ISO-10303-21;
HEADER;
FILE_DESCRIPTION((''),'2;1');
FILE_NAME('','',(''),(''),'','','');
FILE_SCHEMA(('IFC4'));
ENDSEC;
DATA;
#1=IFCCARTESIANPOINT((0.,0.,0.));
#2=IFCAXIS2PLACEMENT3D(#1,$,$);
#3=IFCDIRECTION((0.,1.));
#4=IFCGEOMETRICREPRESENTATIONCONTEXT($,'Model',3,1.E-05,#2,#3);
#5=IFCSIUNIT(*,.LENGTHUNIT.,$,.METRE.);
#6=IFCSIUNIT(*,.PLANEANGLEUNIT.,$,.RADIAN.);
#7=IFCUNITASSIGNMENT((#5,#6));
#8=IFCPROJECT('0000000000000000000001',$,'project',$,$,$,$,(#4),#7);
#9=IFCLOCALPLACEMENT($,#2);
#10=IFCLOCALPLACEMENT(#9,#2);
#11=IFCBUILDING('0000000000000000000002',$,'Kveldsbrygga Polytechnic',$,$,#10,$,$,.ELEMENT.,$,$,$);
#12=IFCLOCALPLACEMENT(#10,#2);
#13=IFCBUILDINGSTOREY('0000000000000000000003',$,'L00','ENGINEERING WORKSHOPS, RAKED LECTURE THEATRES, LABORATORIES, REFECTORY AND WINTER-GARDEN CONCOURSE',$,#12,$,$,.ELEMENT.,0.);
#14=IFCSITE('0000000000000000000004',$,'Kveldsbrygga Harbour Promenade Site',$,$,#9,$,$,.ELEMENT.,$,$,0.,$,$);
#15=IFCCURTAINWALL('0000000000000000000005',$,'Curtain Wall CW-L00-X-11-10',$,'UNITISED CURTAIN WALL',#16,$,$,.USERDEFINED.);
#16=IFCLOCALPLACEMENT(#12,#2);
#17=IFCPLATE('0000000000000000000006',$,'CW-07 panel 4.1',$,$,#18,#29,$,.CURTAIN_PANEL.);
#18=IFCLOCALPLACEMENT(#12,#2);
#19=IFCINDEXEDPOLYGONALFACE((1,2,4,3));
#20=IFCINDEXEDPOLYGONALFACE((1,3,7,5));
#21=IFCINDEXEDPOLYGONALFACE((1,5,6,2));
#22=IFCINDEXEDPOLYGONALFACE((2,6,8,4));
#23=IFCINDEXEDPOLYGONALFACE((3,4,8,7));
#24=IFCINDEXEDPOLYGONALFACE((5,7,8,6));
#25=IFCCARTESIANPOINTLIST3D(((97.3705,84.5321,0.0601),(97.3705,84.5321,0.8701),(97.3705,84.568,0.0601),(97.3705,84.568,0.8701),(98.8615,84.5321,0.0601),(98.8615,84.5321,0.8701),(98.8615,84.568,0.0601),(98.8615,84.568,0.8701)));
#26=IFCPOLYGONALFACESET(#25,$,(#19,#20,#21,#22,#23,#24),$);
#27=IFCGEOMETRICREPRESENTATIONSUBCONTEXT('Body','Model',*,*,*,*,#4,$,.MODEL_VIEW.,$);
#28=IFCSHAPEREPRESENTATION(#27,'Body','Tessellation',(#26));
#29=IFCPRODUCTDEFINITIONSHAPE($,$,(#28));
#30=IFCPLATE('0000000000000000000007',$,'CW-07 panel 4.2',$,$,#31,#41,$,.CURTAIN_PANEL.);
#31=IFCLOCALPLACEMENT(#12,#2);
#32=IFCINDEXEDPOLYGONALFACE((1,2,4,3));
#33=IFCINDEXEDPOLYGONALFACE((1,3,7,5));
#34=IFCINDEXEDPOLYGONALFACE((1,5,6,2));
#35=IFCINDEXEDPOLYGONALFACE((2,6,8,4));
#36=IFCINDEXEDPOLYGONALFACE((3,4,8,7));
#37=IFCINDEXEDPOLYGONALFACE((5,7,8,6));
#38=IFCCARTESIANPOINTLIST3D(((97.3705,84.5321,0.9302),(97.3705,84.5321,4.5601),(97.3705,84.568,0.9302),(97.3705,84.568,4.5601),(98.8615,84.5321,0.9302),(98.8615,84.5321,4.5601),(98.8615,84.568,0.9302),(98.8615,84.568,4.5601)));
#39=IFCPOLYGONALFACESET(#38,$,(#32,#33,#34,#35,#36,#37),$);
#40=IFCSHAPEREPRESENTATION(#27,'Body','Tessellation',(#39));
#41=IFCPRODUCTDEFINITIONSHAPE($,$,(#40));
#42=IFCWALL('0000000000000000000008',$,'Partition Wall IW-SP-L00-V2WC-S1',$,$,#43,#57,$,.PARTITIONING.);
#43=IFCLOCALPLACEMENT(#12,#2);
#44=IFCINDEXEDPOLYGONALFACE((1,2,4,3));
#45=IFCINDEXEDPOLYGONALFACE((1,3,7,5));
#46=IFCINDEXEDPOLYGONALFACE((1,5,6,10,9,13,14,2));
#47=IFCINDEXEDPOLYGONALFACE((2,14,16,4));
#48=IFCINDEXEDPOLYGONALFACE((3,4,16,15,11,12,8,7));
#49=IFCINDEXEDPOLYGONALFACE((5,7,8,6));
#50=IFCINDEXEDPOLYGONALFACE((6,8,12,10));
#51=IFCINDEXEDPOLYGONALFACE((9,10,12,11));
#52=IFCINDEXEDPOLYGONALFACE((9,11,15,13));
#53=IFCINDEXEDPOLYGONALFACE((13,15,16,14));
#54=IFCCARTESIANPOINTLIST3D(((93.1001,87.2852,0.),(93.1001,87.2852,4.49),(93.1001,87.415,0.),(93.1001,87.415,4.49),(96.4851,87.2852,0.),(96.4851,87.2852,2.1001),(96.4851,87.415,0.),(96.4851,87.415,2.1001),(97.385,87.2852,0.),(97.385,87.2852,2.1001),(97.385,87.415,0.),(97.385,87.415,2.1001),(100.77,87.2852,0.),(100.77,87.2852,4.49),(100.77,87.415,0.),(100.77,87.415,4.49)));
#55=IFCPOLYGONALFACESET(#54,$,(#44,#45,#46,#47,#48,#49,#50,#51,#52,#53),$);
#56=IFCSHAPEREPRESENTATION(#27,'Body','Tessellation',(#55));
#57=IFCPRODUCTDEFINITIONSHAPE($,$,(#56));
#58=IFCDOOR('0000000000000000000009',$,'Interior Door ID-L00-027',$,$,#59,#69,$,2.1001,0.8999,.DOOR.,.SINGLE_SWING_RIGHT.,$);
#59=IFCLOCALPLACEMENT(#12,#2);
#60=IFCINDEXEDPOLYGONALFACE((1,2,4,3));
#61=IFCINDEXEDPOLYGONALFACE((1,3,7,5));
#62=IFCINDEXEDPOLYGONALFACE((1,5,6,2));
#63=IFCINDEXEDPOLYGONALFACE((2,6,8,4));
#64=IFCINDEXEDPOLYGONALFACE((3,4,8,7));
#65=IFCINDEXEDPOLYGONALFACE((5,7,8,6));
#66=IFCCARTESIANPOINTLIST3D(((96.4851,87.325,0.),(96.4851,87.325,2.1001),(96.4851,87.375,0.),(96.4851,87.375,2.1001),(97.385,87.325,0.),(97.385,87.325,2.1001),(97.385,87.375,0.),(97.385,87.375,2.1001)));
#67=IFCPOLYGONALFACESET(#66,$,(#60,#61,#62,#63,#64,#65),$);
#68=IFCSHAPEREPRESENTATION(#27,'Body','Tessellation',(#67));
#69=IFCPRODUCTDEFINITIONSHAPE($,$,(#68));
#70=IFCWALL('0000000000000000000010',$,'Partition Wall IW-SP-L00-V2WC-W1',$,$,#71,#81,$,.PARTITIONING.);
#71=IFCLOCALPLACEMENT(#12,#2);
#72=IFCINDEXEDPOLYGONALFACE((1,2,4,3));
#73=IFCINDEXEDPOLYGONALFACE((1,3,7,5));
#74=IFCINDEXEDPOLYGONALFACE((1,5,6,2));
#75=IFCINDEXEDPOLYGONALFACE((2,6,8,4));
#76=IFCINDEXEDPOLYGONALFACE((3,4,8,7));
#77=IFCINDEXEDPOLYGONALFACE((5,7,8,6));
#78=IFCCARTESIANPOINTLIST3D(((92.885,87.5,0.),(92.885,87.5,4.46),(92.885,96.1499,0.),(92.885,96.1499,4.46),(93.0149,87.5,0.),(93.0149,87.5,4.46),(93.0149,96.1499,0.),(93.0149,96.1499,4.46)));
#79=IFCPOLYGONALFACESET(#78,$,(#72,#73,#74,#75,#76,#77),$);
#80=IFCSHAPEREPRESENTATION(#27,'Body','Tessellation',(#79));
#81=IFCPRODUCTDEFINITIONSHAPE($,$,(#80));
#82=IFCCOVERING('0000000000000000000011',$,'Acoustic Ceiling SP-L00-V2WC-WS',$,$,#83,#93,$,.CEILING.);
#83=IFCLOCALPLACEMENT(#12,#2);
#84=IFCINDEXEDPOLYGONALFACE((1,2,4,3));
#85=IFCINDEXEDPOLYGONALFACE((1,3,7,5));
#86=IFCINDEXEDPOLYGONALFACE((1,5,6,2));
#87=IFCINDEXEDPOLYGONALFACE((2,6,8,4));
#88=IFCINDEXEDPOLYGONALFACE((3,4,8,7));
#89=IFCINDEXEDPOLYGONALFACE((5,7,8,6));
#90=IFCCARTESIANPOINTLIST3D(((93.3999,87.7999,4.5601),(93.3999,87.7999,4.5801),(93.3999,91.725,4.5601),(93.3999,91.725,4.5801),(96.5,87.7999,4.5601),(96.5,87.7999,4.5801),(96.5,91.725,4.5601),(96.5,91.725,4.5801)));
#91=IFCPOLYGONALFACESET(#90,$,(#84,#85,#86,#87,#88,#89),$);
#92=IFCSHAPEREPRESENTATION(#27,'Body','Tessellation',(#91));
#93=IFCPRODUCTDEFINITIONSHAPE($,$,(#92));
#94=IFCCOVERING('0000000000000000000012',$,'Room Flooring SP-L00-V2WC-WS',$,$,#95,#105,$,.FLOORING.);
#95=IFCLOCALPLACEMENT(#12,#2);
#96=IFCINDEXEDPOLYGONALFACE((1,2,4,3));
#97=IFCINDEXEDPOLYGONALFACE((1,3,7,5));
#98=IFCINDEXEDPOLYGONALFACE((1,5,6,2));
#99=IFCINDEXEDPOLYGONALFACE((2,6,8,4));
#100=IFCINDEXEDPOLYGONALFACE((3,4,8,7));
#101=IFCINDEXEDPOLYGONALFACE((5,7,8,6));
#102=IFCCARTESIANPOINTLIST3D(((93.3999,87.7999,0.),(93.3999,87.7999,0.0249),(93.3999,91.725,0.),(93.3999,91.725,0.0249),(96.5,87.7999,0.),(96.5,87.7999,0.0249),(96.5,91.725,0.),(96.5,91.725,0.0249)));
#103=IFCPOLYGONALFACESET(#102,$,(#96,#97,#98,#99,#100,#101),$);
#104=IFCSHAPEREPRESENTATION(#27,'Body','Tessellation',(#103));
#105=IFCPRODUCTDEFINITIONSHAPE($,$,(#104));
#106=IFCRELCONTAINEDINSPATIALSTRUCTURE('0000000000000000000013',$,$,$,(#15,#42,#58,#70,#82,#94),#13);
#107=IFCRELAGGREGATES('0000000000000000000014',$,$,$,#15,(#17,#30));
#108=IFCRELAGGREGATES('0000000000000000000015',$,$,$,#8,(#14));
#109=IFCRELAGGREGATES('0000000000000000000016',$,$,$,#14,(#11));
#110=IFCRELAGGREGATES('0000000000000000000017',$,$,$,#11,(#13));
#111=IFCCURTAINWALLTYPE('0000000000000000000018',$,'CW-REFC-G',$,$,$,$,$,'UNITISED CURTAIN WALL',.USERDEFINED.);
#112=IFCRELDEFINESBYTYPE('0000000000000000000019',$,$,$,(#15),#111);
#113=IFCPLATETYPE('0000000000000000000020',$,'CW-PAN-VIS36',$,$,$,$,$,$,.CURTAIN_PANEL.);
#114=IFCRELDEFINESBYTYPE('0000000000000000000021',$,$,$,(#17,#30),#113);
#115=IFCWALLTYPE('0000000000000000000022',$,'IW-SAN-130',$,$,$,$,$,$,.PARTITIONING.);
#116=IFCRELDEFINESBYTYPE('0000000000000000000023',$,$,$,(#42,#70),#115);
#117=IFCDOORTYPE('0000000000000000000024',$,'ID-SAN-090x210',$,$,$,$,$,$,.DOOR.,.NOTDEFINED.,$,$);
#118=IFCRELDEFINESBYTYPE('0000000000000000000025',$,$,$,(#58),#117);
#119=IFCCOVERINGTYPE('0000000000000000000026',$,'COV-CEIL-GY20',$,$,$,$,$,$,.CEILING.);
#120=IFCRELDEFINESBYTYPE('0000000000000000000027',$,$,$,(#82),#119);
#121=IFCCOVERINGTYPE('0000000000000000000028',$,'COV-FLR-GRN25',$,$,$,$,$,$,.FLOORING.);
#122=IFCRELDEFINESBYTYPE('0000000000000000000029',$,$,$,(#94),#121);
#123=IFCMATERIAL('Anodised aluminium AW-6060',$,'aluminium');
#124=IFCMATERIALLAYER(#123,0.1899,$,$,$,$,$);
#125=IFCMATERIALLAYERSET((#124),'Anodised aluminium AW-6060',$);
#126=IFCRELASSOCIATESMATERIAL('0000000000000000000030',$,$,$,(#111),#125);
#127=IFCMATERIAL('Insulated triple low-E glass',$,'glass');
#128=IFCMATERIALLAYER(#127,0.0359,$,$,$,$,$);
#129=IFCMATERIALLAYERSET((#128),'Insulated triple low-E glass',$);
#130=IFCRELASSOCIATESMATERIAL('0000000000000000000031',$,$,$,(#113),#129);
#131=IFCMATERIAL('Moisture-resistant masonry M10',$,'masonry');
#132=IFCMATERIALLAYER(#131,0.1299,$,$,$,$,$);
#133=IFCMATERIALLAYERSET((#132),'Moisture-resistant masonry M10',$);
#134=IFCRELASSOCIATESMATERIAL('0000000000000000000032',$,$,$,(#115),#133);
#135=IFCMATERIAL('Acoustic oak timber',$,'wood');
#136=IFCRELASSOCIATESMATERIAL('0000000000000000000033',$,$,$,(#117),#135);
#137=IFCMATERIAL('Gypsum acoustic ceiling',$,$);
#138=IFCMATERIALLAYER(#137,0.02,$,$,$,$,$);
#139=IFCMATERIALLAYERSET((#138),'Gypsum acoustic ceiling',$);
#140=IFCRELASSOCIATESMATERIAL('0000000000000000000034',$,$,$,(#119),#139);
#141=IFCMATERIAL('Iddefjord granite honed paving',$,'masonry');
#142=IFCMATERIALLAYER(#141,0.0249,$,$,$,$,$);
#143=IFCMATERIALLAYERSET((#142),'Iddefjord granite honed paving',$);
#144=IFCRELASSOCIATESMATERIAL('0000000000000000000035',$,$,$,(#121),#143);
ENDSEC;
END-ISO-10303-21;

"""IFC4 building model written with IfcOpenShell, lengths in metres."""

from ifc_helpers import new_model, si_unit, direction, frame, frame_2d, origin, origin_2d, place, context, subcontext, project, spatial, rectangle, extrude, material, layer, layer_set, type_object, element, fill, aggregate, save


model = new_model("IFC4")

# Units and contexts
model_context = context("Model", 3, precision=1e-05, world=origin(), true_north=direction((0.0, 1.0)))
body_context = subcontext(model_context, "Body", "Model", "MODEL_VIEW")
ifc_project = project(units=[si_unit("LENGTHUNIT", "METRE"), si_unit("PLANEANGLEUNIT", "RADIAN")], contexts=[model_context])

# Site, building, storey
site_placement = place(None, origin())
site = spatial("IfcSite", under=ifc_project, at=site_placement, Name="Kveldsbrygga Harbour Promenade Site", CompositionType="ELEMENT", RefElevation=0.0)
building_placement = place(site_placement, origin())
building = spatial("IfcBuilding", under=site, at=building_placement, Name="Kveldsbrygga Polytechnic", CompositionType="ELEMENT")
storey_placement = place(building_placement, origin())
storey = spatial("IfcBuildingStorey", under=building, at=storey_placement, Name="L00", Description="ENGINEERING WORKSHOPS, RAKED LECTURE THEATRES, LABORATORIES, REFECTORY AND WINTER-GARDEN CONCOURSE", CompositionType="ELEMENT", Elevation=0.0)

# Curtain wall, plates
ifc_material_1 = material(Name="Anodised aluminium AW-6060", Category="aluminium")
ifc_layer_1 = layer(ifc_material_1, 0.1899)
ifc_layer_set_1 = layer_set([ifc_layer_1], Name="Anodised aluminium AW-6060")
curtain_wall_type = type_object("IfcCurtainWallType", Name="CW-REFC-G", ElementType="UNITISED CURTAIN WALL", PredefinedType="USERDEFINED", material=ifc_layer_set_1)
curtain_wall_placement = place(storey_placement, origin())
curtain_wall = element("IfcCurtainWall", 1, at=curtain_wall_placement, inside=storey, type_object=curtain_wall_type, Name="Curtain Wall CW-L00-X-11-10", ObjectType="UNITISED CURTAIN WALL", PredefinedType="USERDEFINED")
ifc_material_2 = material(Name="Insulated triple low-E glass", Category="glass")
ifc_layer_2 = layer(ifc_material_2, 0.0359)
ifc_layer_set_2 = layer_set([ifc_layer_2], Name="Insulated triple low-E glass")
plate_type = type_object("IfcPlateType", Name="CW-PAN-VIS36", PredefinedType="CURTAIN_PANEL", material=ifc_layer_set_2)
plate_1_placement = place(storey_placement, frame((98.116, 84.55, 0.0601), z_axis=(0.0, 0.0, 1.0), x_axis=(1.0, 0.0, 0.0)))
plate_1 = element("IfcPlate", 2, at=plate_1_placement, type_object=plate_type, Name="CW-07 panel 4.1", PredefinedType="CURTAIN_PANEL", context=body_context, shape_type="SweptSolid", body=[
    extrude(rectangle(XDim=1.491, YDim=0.0359, at=origin_2d()), origin(), (0.0, 0.0, 1.0), 0.8101),
])
plate_2_placement = place(storey_placement, frame((98.116, 84.55, 0.9302), z_axis=(0.0, 0.0, 1.0), x_axis=(1.0, 0.0, 0.0)))
plate_2 = element("IfcPlate", 3, at=plate_2_placement, type_object=plate_type, Name="CW-07 panel 4.2", PredefinedType="CURTAIN_PANEL", context=body_context, shape_type="SweptSolid", body=[
    extrude(rectangle(XDim=1.491, YDim=0.0359, at=origin_2d()), origin(), (0.0, 0.0, 1.0), 3.6299),
])
aggregate(curtain_wall, [plate_1, plate_2])

# Wall, opening, door
ifc_material_3 = material(Name="Moisture-resistant masonry M10", Category="masonry")
ifc_layer_3 = layer(ifc_material_3, 0.1299)
ifc_layer_set_3 = layer_set([ifc_layer_3], Name="Moisture-resistant masonry M10")
wall_type = type_object("IfcWallType", Name="IW-SAN-130", PredefinedType="PARTITIONING", material=ifc_layer_set_3)
wall_1_placement = place(storey_placement, frame((93.1001, 87.3501, 0.0), z_axis=(0.0, 0.0, 1.0), x_axis=(1.0, 0.0, 0.0)))
wall_1 = element("IfcWall", 4, at=wall_1_placement, inside=storey, type_object=wall_type, Name="Partition Wall IW-SP-L00-V2WC-S1", PredefinedType="PARTITIONING", context=body_context, shape_type="SweptSolid", body=[
    extrude(rectangle(XDim=7.6699, YDim=0.1299, at=frame_2d((3.835, 0.0))), origin(), (0.0, 0.0, 1.0), 4.49),
])
opening_placement = place(wall_1_placement, frame((3.385, 0.0, 0.0)))
opening = element("IfcOpeningElement", 5, at=opening_placement, cuts=wall_1, PredefinedType="OPENING", context=body_context, shape_type="SweptSolid", body=[
    extrude(rectangle(XDim=0.8999, YDim=2.1001, at=frame_2d((0.45, 1.05))), frame((0.0, 0.075, 0.0), z_axis=(0.0, -1.0, 0.0), x_axis=(1.0, 0.0, 0.0)), (0.0, 0.0, 1.0), 0.1499),
])
ifc_material_4 = material(Name="Acoustic oak timber", Category="wood")
door_type = type_object("IfcDoorType", Name="ID-SAN-090x210", OperationType="NOTDEFINED", PredefinedType="DOOR", material=ifc_material_4)
door_placement = place(opening_placement, origin())
door = element("IfcDoor", 6, at=door_placement, inside=storey, type_object=door_type, Name="Interior Door ID-L00-027", OperationType="SINGLE_SWING_RIGHT", OverallHeight=2.1001, OverallWidth=0.8999, PredefinedType="DOOR", context=body_context, shape_type="SweptSolid", body=[
    extrude(rectangle(XDim=0.8999, YDim=2.1001, at=frame_2d((0.45, 1.05))), frame((0.0, 0.0249, 0.0), z_axis=(0.0, -1.0, 0.0), x_axis=(1.0, 0.0, 0.0)), (0.0, 0.0, 1.0), 0.05),
])
fill(opening, door)

# Wall
wall_2_placement = place(storey_placement, frame((92.95, 87.5, 0.0), z_axis=(0.0, 0.0, 1.0), x_axis=(0.0, 1.0, 0.0)))
element("IfcWall", 7, at=wall_2_placement, inside=storey, type_object=wall_type, Name="Partition Wall IW-SP-L00-V2WC-W1", PredefinedType="PARTITIONING", context=body_context, shape_type="SweptSolid", body=[
    extrude(rectangle(XDim=8.6499, YDim=0.1299, at=frame_2d((4.325, 0.0))), origin(), (0.0, 0.0, 1.0), 4.46),
])

# Coverings
ifc_material_5 = material(Name="Gypsum acoustic ceiling")
ifc_layer_4 = layer(ifc_material_5, 0.02)
ifc_layer_set_4 = layer_set([ifc_layer_4], Name="Gypsum acoustic ceiling")
covering_type_1 = type_object("IfcCoveringType", Name="COV-CEIL-GY20", PredefinedType="CEILING", material=ifc_layer_set_4)
covering_1_placement = place(storey_placement, frame((94.95, 89.7625, 4.5601), z_axis=(0.0, 0.0, 1.0), x_axis=(1.0, 0.0, 0.0)))
element("IfcCovering", 8, at=covering_1_placement, inside=storey, type_object=covering_type_1, Name="Acoustic Ceiling SP-L00-V2WC-WS", PredefinedType="CEILING", context=body_context, shape_type="SweptSolid", body=[
    extrude(rectangle(XDim=3.1001, YDim=3.925, at=origin_2d()), origin(), (0.0, 0.0, 1.0), 0.02),
])
ifc_material_6 = material(Name="Iddefjord granite honed paving", Category="masonry")
ifc_layer_5 = layer(ifc_material_6, 0.0249)
ifc_layer_set_5 = layer_set([ifc_layer_5], Name="Iddefjord granite honed paving")
covering_type_2 = type_object("IfcCoveringType", Name="COV-FLR-GRN25", PredefinedType="FLOORING", material=ifc_layer_set_5)
covering_2_placement = place(storey_placement, frame((94.95, 89.7625, 0.0), z_axis=(0.0, 0.0, 1.0), x_axis=(1.0, 0.0, 0.0)))
element("IfcCovering", 9, at=covering_2_placement, inside=storey, type_object=covering_type_2, Name="Room Flooring SP-L00-V2WC-WS", PredefinedType="FLOORING", context=body_context, shape_type="SweptSolid", body=[
    extrude(rectangle(XDim=3.1001, YDim=3.925, at=origin_2d()), origin(), (0.0, 0.0, 1.0), 0.0249),
])

save(model, "model.ifc")
